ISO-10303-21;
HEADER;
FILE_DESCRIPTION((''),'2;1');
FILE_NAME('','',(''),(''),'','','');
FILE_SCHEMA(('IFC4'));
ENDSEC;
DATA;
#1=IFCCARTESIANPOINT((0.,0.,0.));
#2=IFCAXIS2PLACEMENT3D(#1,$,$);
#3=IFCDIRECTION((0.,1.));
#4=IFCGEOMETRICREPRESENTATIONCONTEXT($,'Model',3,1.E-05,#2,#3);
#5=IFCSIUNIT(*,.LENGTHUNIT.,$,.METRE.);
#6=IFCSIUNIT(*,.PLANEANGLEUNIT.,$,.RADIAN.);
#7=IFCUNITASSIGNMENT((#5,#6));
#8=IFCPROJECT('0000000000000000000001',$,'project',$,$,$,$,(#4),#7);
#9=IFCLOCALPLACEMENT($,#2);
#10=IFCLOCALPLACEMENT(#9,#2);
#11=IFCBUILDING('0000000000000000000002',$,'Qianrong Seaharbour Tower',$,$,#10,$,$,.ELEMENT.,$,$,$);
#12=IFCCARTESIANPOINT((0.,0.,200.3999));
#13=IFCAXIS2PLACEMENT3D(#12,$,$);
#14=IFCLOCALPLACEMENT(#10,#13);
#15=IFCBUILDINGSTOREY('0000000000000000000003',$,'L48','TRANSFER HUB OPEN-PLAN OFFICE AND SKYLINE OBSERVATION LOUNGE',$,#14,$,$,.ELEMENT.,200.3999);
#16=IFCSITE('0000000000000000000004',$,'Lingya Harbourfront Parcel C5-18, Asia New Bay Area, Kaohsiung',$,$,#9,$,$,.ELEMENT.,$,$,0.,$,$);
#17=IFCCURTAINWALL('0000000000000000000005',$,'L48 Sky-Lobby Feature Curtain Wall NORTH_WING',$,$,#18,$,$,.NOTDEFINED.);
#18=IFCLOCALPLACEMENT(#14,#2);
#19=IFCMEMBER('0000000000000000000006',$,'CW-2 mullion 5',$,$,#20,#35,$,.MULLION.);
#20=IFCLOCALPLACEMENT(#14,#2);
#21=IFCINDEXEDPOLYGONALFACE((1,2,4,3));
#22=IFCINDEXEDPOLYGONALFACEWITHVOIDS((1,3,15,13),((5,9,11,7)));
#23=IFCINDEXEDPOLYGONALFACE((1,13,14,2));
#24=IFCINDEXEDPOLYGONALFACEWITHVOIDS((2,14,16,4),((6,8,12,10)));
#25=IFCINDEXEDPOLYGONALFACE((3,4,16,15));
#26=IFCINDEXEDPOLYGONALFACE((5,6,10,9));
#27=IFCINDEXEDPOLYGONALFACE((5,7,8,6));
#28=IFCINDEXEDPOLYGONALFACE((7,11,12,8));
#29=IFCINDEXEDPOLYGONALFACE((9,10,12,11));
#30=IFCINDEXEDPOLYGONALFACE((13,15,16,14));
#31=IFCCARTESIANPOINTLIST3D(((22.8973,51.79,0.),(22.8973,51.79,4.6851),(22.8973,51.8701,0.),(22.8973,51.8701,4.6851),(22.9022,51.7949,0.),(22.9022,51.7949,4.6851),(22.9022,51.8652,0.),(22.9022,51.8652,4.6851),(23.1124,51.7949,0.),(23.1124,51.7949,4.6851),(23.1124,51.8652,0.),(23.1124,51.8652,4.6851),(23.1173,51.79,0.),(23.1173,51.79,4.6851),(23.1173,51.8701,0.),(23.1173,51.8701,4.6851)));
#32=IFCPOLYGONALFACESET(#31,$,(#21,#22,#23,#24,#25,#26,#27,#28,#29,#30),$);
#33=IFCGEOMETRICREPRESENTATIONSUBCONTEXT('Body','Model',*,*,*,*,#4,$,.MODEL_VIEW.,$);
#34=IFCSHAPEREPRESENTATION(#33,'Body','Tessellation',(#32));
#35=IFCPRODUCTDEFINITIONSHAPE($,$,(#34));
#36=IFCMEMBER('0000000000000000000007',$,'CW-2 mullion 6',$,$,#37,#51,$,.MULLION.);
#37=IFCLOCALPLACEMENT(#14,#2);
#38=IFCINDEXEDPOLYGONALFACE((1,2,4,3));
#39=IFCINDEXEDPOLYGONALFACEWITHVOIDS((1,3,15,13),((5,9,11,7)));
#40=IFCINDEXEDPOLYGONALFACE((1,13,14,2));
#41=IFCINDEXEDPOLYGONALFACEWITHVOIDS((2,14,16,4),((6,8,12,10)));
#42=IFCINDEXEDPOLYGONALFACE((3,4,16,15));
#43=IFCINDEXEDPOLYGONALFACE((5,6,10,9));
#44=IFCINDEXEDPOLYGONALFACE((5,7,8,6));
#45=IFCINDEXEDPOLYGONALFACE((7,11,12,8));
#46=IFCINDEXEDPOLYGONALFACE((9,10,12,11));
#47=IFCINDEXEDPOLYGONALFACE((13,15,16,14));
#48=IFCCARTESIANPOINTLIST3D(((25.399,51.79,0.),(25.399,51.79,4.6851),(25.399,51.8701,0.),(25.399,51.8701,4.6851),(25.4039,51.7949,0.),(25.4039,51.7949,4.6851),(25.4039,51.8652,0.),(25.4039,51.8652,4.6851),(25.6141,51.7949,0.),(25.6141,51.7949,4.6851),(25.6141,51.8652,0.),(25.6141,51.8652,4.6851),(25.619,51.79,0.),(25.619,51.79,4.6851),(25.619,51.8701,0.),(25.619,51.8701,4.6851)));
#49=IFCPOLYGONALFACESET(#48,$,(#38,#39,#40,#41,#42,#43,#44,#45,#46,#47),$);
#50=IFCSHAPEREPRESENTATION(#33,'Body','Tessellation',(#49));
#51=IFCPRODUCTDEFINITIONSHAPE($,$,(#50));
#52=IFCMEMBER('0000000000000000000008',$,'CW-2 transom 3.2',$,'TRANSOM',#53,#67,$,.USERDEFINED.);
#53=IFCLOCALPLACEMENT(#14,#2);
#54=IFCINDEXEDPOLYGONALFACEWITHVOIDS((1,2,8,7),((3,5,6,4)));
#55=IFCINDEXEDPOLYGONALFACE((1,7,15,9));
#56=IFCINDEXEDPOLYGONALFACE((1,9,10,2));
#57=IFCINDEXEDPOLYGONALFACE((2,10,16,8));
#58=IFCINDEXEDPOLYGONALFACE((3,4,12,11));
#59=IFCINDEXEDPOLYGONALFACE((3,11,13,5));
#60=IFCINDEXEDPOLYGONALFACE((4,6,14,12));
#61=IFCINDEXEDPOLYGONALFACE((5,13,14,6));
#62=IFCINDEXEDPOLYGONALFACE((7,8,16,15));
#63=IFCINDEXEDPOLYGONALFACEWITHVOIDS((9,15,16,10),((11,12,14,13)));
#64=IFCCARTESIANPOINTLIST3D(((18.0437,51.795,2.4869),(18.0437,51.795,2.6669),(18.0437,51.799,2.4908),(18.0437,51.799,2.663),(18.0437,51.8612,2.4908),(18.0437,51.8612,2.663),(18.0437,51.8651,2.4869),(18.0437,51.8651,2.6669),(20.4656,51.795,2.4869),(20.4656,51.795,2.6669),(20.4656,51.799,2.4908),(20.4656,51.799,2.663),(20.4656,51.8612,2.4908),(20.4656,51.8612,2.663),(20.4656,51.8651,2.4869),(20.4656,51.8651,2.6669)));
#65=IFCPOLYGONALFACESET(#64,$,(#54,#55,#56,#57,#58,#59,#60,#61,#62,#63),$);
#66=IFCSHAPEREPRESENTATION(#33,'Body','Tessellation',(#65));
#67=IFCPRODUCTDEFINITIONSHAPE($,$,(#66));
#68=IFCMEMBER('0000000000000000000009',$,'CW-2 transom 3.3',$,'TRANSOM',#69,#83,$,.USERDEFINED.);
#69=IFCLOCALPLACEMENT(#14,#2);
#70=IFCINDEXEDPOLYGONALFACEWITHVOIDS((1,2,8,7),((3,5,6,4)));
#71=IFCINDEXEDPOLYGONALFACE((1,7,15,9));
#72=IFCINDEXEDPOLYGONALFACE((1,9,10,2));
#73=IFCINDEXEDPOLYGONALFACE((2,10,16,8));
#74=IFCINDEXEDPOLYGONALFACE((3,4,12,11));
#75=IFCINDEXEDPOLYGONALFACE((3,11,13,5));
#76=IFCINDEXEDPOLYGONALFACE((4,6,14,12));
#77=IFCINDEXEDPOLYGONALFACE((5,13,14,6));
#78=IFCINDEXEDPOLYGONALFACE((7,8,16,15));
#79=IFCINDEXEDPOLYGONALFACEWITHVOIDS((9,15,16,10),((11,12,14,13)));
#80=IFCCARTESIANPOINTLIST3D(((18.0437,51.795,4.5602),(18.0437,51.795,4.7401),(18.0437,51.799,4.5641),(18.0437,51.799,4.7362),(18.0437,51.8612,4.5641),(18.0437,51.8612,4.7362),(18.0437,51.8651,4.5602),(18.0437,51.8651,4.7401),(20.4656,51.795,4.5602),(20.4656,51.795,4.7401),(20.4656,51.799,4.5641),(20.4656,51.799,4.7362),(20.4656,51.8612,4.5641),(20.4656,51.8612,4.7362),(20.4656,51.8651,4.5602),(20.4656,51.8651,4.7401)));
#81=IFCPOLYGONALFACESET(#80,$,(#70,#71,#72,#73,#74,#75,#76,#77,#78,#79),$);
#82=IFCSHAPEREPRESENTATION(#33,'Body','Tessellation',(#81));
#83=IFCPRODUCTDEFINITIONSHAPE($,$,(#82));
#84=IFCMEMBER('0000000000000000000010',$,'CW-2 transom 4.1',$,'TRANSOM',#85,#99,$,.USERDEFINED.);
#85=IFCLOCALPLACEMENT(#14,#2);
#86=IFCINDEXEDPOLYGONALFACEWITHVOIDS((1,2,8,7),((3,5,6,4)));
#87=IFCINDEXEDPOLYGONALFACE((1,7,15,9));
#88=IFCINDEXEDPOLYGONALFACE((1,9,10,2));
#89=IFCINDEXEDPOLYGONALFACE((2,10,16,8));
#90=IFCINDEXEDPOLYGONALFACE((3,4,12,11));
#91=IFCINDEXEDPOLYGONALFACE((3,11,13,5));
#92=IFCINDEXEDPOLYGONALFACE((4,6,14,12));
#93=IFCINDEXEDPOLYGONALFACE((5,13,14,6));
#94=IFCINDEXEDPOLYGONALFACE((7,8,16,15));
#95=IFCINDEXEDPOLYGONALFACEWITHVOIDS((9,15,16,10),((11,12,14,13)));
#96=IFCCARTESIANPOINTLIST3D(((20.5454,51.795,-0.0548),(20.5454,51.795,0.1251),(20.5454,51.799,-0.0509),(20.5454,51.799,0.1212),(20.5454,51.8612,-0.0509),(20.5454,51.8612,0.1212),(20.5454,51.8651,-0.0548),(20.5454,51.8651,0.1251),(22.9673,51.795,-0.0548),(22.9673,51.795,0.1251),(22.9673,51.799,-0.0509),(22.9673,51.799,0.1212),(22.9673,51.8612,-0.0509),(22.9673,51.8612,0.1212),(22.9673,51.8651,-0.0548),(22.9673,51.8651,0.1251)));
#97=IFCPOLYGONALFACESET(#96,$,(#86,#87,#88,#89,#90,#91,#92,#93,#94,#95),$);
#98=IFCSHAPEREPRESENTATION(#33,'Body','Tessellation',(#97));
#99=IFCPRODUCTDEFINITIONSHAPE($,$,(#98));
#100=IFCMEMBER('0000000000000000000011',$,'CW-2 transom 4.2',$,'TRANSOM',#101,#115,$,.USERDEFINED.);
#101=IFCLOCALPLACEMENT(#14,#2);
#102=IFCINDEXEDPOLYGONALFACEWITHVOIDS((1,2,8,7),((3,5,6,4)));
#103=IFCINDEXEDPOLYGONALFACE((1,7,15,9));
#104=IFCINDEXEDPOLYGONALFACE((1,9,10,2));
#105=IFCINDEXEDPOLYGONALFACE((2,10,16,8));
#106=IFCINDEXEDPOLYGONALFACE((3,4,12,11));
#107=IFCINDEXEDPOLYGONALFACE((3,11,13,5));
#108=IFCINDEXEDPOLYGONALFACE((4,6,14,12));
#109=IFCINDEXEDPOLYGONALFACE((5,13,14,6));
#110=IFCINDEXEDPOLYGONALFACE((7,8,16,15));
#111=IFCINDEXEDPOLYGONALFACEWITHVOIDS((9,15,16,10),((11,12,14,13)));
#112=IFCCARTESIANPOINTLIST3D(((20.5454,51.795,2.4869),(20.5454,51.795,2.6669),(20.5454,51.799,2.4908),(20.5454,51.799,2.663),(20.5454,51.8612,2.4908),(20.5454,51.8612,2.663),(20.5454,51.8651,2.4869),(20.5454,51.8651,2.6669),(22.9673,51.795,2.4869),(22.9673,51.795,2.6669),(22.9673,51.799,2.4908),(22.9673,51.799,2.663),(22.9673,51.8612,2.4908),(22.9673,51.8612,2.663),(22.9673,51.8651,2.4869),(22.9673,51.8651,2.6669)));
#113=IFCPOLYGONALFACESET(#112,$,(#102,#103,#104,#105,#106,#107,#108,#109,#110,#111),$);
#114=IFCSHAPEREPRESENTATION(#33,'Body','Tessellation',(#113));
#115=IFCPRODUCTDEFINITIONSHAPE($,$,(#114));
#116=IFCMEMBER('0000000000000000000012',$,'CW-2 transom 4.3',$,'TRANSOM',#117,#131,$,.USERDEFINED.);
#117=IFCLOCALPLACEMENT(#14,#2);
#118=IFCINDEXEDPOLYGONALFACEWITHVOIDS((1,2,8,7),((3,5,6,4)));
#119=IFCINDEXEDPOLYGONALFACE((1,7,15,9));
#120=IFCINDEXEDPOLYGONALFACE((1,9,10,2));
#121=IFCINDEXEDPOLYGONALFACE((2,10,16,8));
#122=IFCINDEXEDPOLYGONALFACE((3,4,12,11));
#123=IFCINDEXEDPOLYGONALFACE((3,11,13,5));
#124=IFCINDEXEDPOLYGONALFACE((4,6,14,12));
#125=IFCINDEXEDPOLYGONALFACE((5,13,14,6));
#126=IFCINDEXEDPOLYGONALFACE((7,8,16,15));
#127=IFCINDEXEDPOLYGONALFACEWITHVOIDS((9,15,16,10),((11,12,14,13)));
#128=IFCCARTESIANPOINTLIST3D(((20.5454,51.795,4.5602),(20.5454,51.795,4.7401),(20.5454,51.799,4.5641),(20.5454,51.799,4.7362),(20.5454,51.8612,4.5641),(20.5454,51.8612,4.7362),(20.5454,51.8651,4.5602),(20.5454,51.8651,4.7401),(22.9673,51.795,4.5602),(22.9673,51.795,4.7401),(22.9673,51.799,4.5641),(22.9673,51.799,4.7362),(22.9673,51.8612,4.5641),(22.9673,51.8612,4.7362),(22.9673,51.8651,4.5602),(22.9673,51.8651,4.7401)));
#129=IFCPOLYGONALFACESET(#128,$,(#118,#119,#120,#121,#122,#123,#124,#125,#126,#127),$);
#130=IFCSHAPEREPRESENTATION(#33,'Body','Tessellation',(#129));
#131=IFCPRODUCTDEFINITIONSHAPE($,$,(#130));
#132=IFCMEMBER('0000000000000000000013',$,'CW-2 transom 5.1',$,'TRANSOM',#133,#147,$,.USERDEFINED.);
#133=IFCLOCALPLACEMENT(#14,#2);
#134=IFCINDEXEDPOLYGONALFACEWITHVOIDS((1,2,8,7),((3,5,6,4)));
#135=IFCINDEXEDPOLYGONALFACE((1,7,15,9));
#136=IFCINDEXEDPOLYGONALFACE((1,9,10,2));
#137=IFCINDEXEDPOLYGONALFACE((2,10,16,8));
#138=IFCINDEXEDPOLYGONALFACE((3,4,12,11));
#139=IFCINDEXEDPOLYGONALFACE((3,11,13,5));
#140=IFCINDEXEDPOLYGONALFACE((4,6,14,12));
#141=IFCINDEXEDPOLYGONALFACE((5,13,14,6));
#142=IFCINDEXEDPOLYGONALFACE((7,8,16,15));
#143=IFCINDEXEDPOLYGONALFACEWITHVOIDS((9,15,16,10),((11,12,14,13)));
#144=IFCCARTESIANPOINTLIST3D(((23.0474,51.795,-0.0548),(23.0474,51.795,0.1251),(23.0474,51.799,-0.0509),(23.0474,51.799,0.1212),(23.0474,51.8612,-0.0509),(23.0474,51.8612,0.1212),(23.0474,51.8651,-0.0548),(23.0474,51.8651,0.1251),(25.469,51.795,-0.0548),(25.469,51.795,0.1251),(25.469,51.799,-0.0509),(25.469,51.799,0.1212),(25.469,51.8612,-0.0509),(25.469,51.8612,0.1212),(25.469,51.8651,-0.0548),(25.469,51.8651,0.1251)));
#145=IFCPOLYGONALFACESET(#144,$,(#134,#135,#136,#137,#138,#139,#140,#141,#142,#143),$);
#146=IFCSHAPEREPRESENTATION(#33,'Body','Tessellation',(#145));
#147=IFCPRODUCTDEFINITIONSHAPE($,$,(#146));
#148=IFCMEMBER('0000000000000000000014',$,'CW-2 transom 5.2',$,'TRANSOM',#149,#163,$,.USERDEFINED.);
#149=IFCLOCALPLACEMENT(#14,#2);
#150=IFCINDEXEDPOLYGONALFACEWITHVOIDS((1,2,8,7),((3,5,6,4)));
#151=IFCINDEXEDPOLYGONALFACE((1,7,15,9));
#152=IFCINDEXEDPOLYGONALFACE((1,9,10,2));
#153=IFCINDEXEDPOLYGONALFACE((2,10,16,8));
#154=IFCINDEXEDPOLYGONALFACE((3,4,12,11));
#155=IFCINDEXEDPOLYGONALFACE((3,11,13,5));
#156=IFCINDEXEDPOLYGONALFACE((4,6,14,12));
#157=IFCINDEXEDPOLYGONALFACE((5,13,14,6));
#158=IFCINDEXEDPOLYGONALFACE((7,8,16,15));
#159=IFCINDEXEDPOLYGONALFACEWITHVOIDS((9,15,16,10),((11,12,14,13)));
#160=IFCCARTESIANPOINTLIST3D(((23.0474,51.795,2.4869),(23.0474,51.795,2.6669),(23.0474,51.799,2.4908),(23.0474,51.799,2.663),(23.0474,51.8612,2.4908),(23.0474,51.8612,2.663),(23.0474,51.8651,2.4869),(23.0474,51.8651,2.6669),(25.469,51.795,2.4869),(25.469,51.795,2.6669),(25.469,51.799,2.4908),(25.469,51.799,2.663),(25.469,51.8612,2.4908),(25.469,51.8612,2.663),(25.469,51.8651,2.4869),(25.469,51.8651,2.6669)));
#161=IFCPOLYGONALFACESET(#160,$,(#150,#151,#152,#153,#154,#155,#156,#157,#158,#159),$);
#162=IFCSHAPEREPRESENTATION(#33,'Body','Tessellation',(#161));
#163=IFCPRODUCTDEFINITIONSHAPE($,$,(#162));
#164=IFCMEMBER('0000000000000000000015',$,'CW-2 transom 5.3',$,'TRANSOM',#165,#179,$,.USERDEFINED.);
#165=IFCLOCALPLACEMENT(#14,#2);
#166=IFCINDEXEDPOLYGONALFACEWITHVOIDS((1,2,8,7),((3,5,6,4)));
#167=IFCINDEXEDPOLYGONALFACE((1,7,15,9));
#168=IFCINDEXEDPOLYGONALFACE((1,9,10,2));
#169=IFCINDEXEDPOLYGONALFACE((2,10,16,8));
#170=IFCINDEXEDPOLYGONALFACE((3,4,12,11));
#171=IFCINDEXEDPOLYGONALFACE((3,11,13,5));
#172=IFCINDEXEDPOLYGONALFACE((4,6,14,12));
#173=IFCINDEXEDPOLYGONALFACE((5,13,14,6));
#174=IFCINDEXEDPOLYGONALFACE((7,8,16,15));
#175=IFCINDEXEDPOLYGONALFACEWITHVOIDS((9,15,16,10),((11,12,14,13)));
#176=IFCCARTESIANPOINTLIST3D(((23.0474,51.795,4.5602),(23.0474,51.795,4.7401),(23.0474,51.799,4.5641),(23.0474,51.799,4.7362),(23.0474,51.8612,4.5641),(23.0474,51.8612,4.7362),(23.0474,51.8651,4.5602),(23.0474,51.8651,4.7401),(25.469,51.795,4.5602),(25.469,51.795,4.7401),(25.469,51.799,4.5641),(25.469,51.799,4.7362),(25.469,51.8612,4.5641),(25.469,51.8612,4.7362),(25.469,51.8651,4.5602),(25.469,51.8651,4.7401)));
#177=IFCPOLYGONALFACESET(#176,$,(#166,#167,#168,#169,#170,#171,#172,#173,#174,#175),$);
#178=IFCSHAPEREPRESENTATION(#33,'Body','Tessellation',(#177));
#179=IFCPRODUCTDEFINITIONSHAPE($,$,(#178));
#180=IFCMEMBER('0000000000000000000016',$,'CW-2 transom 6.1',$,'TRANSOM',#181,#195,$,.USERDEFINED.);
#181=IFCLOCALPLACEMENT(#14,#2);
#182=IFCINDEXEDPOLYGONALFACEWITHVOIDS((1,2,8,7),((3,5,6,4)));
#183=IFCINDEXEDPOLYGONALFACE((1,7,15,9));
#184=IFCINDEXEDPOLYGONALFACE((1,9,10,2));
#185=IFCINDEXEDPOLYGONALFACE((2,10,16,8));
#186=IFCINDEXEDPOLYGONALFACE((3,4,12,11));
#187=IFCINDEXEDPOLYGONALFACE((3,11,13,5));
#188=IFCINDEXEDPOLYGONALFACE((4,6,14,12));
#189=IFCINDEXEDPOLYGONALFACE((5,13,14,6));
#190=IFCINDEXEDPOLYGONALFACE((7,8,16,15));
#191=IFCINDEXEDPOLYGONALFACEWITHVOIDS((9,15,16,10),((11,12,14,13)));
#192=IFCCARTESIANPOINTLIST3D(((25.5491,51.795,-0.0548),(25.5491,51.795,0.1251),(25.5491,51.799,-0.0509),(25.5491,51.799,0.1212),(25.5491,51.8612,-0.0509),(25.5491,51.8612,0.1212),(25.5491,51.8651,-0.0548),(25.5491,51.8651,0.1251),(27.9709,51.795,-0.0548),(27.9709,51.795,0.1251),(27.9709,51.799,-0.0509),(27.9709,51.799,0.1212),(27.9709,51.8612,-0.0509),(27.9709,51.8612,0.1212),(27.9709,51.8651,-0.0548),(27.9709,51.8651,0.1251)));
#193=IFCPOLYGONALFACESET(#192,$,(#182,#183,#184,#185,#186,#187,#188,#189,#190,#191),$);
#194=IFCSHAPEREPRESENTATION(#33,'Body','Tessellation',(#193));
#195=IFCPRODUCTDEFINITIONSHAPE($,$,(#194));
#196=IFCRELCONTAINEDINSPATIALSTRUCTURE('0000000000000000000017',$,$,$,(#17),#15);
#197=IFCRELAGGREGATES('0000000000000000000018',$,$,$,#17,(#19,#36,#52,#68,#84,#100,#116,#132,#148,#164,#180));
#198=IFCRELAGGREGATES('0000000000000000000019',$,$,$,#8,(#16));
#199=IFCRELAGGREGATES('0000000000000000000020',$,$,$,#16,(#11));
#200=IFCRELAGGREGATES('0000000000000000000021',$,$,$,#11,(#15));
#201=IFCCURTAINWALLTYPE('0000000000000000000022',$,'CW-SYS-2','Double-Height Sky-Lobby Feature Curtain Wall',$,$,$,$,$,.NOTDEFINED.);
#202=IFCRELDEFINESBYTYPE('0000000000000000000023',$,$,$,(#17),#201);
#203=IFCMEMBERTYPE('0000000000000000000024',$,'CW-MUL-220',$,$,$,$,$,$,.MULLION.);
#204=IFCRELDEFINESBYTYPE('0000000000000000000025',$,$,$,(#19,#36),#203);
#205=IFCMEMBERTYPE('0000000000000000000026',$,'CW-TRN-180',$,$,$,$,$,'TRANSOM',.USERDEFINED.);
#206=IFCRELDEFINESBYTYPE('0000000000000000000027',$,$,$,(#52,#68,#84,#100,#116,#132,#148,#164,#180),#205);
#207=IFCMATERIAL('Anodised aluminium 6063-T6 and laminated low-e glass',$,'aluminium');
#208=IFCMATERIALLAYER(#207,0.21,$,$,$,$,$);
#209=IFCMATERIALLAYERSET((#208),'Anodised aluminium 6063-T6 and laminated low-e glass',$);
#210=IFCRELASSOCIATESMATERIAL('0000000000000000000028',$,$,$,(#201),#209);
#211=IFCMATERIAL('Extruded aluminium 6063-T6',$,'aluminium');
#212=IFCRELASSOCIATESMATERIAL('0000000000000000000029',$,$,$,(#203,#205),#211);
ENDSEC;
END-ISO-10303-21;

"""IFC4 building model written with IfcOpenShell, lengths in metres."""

from ifc_helpers import new_model, si_unit, direction, frame, origin, origin_2d, place, context, subcontext, project, spatial, hollow_rectangle, extrude, material, layer, layer_set, material_profile, profile_set, type_object, element, aggregate, save


model = new_model("IFC4")

# Units and contexts
model_context = context("Model", 3, precision=1e-05, world=origin(), true_north=direction((0.0, 1.0)))
body_context = subcontext(model_context, "Body", "Model", "MODEL_VIEW")
ifc_project = project(units=[si_unit("LENGTHUNIT", "METRE"), si_unit("PLANEANGLEUNIT", "RADIAN")], contexts=[model_context])

# Site, building, storey
site_placement = place(None, origin())
site = spatial("IfcSite", under=ifc_project, at=site_placement, Name="Lingya Harbourfront Parcel C5-18, Asia New Bay Area, Kaohsiung", CompositionType="ELEMENT", RefElevation=0.0)
building_placement = place(site_placement, origin())
building = spatial("IfcBuilding", under=site, at=building_placement, Name="Qianrong Seaharbour Tower", CompositionType="ELEMENT")
storey_placement = place(building_placement, frame((0.0, 0.0, 200.3999)))
storey = spatial("IfcBuildingStorey", under=building, at=storey_placement, Name="L48", Description="TRANSFER HUB OPEN-PLAN OFFICE AND SKYLINE OBSERVATION LOUNGE", CompositionType="ELEMENT", Elevation=200.3999)

# Curtain wall, members
ifc_material_1 = material(Name="Anodised aluminium 6063-T6 and laminated low-e glass", Category="aluminium")
ifc_layer_1 = layer(ifc_material_1, 0.21)
ifc_layer_set_1 = layer_set([ifc_layer_1], Name="Anodised aluminium 6063-T6 and laminated low-e glass")
curtain_wall_type = type_object("IfcCurtainWallType", Name="CW-SYS-2", Description="Double-Height Sky-Lobby Feature Curtain Wall", PredefinedType="NOTDEFINED", material=ifc_layer_set_1)
curtain_wall_placement = place(storey_placement, origin())
curtain_wall = element("IfcCurtainWall", 1, at=curtain_wall_placement, inside=storey, type_object=curtain_wall_type, Name="L48 Sky-Lobby Feature Curtain Wall NORTH_WING", PredefinedType="NOTDEFINED")
ifc_material_2 = material(Name="Extruded aluminium 6063-T6", Category="aluminium")
ifc_material_profile_1 = material_profile(ifc_material_2, hollow_rectangle(XDim=0.0801, YDim=0.22, WallThickness=0.0049, at=origin_2d()), Name="ALU-MUL-220x80x5")
ifc_profile_set_1 = profile_set([ifc_material_profile_1], Name="Extruded aluminium 6063-T6")
member_type_1 = type_object("IfcMemberType", Name="CW-MUL-220", PredefinedType="MULLION", material=ifc_profile_set_1)
member_1_placement = place(storey_placement, frame((23.0073, 51.8301, 0.0), z_axis=(0.0, 0.0, 1.0), x_axis=(0.0, 1.0, 0.0)))
member_1 = element("IfcMember", 2, at=member_1_placement, type_object=member_type_1, Name="CW-2 mullion 5", PredefinedType="MULLION", context=body_context, shape_type="SweptSolid", body=[
    extrude(hollow_rectangle(XDim=0.0801, YDim=0.22, WallThickness=0.0049, at=origin_2d()), origin(), (0.0, 0.0, 1.0), 4.6851),
])
member_2_placement = place(storey_placement, frame((25.509, 51.8301, 0.0), z_axis=(0.0, 0.0, 1.0), x_axis=(0.0, 1.0, 0.0)))
member_2 = element("IfcMember", 3, at=member_2_placement, type_object=member_type_1, Name="CW-2 mullion 6", PredefinedType="MULLION", context=body_context, shape_type="SweptSolid", body=[
    extrude(hollow_rectangle(XDim=0.0801, YDim=0.22, WallThickness=0.0049, at=origin_2d()), origin(), (0.0, 0.0, 1.0), 4.6851),
])
ifc_material_profile_2 = material_profile(ifc_material_2, hollow_rectangle(XDim=0.0701, YDim=0.1799, WallThickness=0.0039, at=origin_2d()), Name="ALU-TRN-180x70x4")
ifc_profile_set_2 = profile_set([ifc_material_profile_2], Name="Extruded aluminium 6063-T6")
member_type_2 = type_object("IfcMemberType", Name="CW-TRN-180", ElementType="TRANSOM", PredefinedType="USERDEFINED", material=ifc_profile_set_2)
member_3_placement = place(storey_placement, frame((18.0437, 51.8301, 2.5769), z_axis=(1.0, 0.0, 0.0), x_axis=(0.0, 1.0, 0.0)))
member_3 = element("IfcMember", 4, at=member_3_placement, type_object=member_type_2, Name="CW-2 transom 3.2", ObjectType="TRANSOM", PredefinedType="USERDEFINED", context=body_context, shape_type="SweptSolid", body=[
    extrude(hollow_rectangle(XDim=0.0701, YDim=0.1799, WallThickness=0.0039, at=origin_2d()), origin(), (0.0, 0.0, 1.0), 2.4219),
])
member_4_placement = place(storey_placement, frame((18.0437, 51.8301, 4.6501), z_axis=(1.0, 0.0, 0.0), x_axis=(0.0, 1.0, 0.0)))
member_4 = element("IfcMember", 5, at=member_4_placement, type_object=member_type_2, Name="CW-2 transom 3.3", ObjectType="TRANSOM", PredefinedType="USERDEFINED", context=body_context, shape_type="SweptSolid", body=[
    extrude(hollow_rectangle(XDim=0.0701, YDim=0.1799, WallThickness=0.0039, at=origin_2d()), origin(), (0.0, 0.0, 1.0), 2.4219),
])
member_5_placement = place(storey_placement, frame((20.5454, 51.8301, 0.0352), z_axis=(1.0, 0.0, 0.0), x_axis=(0.0, 1.0, 0.0)))
member_5 = element("IfcMember", 6, at=member_5_placement, type_object=member_type_2, Name="CW-2 transom 4.1", ObjectType="TRANSOM", PredefinedType="USERDEFINED", context=body_context, shape_type="SweptSolid", body=[
    extrude(hollow_rectangle(XDim=0.0701, YDim=0.1799, WallThickness=0.0039, at=origin_2d()), origin(), (0.0, 0.0, 1.0), 2.4219),
])
member_6_placement = place(storey_placement, frame((20.5454, 51.8301, 2.5769), z_axis=(1.0, 0.0, 0.0), x_axis=(0.0, 1.0, 0.0)))
member_6 = element("IfcMember", 7, at=member_6_placement, type_object=member_type_2, Name="CW-2 transom 4.2", ObjectType="TRANSOM", PredefinedType="USERDEFINED", context=body_context, shape_type="SweptSolid", body=[
    extrude(hollow_rectangle(XDim=0.0701, YDim=0.1799, WallThickness=0.0039, at=origin_2d()), origin(), (0.0, 0.0, 1.0), 2.4219),
])
member_7_placement = place(storey_placement, frame((20.5454, 51.8301, 4.6501), z_axis=(1.0, 0.0, 0.0), x_axis=(0.0, 1.0, 0.0)))
member_7 = element("IfcMember", 8, at=member_7_placement, type_object=member_type_2, Name="CW-2 transom 4.3", ObjectType="TRANSOM", PredefinedType="USERDEFINED", context=body_context, shape_type="SweptSolid", body=[
    extrude(hollow_rectangle(XDim=0.0701, YDim=0.1799, WallThickness=0.0039, at=origin_2d()), origin(), (0.0, 0.0, 1.0), 2.4219),
])
member_8_placement = place(storey_placement, frame((23.0474, 51.8301, 0.0352), z_axis=(1.0, 0.0, 0.0), x_axis=(0.0, 1.0, 0.0)))
member_8 = element("IfcMember", 9, at=member_8_placement, type_object=member_type_2, Name="CW-2 transom 5.1", ObjectType="TRANSOM", PredefinedType="USERDEFINED", context=body_context, shape_type="SweptSolid", body=[
    extrude(hollow_rectangle(XDim=0.0701, YDim=0.1799, WallThickness=0.0039, at=origin_2d()), origin(), (0.0, 0.0, 1.0), 2.4216),
])
member_9_placement = place(storey_placement, frame((23.0474, 51.8301, 2.5769), z_axis=(1.0, 0.0, 0.0), x_axis=(0.0, 1.0, 0.0)))
member_9 = element("IfcMember", 10, at=member_9_placement, type_object=member_type_2, Name="CW-2 transom 5.2", ObjectType="TRANSOM", PredefinedType="USERDEFINED", context=body_context, shape_type="SweptSolid", body=[
    extrude(hollow_rectangle(XDim=0.0701, YDim=0.1799, WallThickness=0.0039, at=origin_2d()), origin(), (0.0, 0.0, 1.0), 2.4216),
])
member_10_placement = place(storey_placement, frame((23.0474, 51.8301, 4.6501), z_axis=(1.0, 0.0, 0.0), x_axis=(0.0, 1.0, 0.0)))
member_10 = element("IfcMember", 11, at=member_10_placement, type_object=member_type_2, Name="CW-2 transom 5.3", ObjectType="TRANSOM", PredefinedType="USERDEFINED", context=body_context, shape_type="SweptSolid", body=[
    extrude(hollow_rectangle(XDim=0.0701, YDim=0.1799, WallThickness=0.0039, at=origin_2d()), origin(), (0.0, 0.0, 1.0), 2.4216),
])
member_11_placement = place(storey_placement, frame((25.5491, 51.8301, 0.0352), z_axis=(1.0, 0.0, 0.0), x_axis=(0.0, 1.0, 0.0)))
member_11 = element("IfcMember", 12, at=member_11_placement, type_object=member_type_2, Name="CW-2 transom 6.1", ObjectType="TRANSOM", PredefinedType="USERDEFINED", context=body_context, shape_type="SweptSolid", body=[
    extrude(hollow_rectangle(XDim=0.0701, YDim=0.1799, WallThickness=0.0039, at=origin_2d()), origin(), (0.0, 0.0, 1.0), 2.4219),
])
aggregate(curtain_wall, [member_1, member_2, member_3, member_4, member_5, member_6, member_7, member_8, member_9, member_10, member_11])

save(model, "model.ifc")
